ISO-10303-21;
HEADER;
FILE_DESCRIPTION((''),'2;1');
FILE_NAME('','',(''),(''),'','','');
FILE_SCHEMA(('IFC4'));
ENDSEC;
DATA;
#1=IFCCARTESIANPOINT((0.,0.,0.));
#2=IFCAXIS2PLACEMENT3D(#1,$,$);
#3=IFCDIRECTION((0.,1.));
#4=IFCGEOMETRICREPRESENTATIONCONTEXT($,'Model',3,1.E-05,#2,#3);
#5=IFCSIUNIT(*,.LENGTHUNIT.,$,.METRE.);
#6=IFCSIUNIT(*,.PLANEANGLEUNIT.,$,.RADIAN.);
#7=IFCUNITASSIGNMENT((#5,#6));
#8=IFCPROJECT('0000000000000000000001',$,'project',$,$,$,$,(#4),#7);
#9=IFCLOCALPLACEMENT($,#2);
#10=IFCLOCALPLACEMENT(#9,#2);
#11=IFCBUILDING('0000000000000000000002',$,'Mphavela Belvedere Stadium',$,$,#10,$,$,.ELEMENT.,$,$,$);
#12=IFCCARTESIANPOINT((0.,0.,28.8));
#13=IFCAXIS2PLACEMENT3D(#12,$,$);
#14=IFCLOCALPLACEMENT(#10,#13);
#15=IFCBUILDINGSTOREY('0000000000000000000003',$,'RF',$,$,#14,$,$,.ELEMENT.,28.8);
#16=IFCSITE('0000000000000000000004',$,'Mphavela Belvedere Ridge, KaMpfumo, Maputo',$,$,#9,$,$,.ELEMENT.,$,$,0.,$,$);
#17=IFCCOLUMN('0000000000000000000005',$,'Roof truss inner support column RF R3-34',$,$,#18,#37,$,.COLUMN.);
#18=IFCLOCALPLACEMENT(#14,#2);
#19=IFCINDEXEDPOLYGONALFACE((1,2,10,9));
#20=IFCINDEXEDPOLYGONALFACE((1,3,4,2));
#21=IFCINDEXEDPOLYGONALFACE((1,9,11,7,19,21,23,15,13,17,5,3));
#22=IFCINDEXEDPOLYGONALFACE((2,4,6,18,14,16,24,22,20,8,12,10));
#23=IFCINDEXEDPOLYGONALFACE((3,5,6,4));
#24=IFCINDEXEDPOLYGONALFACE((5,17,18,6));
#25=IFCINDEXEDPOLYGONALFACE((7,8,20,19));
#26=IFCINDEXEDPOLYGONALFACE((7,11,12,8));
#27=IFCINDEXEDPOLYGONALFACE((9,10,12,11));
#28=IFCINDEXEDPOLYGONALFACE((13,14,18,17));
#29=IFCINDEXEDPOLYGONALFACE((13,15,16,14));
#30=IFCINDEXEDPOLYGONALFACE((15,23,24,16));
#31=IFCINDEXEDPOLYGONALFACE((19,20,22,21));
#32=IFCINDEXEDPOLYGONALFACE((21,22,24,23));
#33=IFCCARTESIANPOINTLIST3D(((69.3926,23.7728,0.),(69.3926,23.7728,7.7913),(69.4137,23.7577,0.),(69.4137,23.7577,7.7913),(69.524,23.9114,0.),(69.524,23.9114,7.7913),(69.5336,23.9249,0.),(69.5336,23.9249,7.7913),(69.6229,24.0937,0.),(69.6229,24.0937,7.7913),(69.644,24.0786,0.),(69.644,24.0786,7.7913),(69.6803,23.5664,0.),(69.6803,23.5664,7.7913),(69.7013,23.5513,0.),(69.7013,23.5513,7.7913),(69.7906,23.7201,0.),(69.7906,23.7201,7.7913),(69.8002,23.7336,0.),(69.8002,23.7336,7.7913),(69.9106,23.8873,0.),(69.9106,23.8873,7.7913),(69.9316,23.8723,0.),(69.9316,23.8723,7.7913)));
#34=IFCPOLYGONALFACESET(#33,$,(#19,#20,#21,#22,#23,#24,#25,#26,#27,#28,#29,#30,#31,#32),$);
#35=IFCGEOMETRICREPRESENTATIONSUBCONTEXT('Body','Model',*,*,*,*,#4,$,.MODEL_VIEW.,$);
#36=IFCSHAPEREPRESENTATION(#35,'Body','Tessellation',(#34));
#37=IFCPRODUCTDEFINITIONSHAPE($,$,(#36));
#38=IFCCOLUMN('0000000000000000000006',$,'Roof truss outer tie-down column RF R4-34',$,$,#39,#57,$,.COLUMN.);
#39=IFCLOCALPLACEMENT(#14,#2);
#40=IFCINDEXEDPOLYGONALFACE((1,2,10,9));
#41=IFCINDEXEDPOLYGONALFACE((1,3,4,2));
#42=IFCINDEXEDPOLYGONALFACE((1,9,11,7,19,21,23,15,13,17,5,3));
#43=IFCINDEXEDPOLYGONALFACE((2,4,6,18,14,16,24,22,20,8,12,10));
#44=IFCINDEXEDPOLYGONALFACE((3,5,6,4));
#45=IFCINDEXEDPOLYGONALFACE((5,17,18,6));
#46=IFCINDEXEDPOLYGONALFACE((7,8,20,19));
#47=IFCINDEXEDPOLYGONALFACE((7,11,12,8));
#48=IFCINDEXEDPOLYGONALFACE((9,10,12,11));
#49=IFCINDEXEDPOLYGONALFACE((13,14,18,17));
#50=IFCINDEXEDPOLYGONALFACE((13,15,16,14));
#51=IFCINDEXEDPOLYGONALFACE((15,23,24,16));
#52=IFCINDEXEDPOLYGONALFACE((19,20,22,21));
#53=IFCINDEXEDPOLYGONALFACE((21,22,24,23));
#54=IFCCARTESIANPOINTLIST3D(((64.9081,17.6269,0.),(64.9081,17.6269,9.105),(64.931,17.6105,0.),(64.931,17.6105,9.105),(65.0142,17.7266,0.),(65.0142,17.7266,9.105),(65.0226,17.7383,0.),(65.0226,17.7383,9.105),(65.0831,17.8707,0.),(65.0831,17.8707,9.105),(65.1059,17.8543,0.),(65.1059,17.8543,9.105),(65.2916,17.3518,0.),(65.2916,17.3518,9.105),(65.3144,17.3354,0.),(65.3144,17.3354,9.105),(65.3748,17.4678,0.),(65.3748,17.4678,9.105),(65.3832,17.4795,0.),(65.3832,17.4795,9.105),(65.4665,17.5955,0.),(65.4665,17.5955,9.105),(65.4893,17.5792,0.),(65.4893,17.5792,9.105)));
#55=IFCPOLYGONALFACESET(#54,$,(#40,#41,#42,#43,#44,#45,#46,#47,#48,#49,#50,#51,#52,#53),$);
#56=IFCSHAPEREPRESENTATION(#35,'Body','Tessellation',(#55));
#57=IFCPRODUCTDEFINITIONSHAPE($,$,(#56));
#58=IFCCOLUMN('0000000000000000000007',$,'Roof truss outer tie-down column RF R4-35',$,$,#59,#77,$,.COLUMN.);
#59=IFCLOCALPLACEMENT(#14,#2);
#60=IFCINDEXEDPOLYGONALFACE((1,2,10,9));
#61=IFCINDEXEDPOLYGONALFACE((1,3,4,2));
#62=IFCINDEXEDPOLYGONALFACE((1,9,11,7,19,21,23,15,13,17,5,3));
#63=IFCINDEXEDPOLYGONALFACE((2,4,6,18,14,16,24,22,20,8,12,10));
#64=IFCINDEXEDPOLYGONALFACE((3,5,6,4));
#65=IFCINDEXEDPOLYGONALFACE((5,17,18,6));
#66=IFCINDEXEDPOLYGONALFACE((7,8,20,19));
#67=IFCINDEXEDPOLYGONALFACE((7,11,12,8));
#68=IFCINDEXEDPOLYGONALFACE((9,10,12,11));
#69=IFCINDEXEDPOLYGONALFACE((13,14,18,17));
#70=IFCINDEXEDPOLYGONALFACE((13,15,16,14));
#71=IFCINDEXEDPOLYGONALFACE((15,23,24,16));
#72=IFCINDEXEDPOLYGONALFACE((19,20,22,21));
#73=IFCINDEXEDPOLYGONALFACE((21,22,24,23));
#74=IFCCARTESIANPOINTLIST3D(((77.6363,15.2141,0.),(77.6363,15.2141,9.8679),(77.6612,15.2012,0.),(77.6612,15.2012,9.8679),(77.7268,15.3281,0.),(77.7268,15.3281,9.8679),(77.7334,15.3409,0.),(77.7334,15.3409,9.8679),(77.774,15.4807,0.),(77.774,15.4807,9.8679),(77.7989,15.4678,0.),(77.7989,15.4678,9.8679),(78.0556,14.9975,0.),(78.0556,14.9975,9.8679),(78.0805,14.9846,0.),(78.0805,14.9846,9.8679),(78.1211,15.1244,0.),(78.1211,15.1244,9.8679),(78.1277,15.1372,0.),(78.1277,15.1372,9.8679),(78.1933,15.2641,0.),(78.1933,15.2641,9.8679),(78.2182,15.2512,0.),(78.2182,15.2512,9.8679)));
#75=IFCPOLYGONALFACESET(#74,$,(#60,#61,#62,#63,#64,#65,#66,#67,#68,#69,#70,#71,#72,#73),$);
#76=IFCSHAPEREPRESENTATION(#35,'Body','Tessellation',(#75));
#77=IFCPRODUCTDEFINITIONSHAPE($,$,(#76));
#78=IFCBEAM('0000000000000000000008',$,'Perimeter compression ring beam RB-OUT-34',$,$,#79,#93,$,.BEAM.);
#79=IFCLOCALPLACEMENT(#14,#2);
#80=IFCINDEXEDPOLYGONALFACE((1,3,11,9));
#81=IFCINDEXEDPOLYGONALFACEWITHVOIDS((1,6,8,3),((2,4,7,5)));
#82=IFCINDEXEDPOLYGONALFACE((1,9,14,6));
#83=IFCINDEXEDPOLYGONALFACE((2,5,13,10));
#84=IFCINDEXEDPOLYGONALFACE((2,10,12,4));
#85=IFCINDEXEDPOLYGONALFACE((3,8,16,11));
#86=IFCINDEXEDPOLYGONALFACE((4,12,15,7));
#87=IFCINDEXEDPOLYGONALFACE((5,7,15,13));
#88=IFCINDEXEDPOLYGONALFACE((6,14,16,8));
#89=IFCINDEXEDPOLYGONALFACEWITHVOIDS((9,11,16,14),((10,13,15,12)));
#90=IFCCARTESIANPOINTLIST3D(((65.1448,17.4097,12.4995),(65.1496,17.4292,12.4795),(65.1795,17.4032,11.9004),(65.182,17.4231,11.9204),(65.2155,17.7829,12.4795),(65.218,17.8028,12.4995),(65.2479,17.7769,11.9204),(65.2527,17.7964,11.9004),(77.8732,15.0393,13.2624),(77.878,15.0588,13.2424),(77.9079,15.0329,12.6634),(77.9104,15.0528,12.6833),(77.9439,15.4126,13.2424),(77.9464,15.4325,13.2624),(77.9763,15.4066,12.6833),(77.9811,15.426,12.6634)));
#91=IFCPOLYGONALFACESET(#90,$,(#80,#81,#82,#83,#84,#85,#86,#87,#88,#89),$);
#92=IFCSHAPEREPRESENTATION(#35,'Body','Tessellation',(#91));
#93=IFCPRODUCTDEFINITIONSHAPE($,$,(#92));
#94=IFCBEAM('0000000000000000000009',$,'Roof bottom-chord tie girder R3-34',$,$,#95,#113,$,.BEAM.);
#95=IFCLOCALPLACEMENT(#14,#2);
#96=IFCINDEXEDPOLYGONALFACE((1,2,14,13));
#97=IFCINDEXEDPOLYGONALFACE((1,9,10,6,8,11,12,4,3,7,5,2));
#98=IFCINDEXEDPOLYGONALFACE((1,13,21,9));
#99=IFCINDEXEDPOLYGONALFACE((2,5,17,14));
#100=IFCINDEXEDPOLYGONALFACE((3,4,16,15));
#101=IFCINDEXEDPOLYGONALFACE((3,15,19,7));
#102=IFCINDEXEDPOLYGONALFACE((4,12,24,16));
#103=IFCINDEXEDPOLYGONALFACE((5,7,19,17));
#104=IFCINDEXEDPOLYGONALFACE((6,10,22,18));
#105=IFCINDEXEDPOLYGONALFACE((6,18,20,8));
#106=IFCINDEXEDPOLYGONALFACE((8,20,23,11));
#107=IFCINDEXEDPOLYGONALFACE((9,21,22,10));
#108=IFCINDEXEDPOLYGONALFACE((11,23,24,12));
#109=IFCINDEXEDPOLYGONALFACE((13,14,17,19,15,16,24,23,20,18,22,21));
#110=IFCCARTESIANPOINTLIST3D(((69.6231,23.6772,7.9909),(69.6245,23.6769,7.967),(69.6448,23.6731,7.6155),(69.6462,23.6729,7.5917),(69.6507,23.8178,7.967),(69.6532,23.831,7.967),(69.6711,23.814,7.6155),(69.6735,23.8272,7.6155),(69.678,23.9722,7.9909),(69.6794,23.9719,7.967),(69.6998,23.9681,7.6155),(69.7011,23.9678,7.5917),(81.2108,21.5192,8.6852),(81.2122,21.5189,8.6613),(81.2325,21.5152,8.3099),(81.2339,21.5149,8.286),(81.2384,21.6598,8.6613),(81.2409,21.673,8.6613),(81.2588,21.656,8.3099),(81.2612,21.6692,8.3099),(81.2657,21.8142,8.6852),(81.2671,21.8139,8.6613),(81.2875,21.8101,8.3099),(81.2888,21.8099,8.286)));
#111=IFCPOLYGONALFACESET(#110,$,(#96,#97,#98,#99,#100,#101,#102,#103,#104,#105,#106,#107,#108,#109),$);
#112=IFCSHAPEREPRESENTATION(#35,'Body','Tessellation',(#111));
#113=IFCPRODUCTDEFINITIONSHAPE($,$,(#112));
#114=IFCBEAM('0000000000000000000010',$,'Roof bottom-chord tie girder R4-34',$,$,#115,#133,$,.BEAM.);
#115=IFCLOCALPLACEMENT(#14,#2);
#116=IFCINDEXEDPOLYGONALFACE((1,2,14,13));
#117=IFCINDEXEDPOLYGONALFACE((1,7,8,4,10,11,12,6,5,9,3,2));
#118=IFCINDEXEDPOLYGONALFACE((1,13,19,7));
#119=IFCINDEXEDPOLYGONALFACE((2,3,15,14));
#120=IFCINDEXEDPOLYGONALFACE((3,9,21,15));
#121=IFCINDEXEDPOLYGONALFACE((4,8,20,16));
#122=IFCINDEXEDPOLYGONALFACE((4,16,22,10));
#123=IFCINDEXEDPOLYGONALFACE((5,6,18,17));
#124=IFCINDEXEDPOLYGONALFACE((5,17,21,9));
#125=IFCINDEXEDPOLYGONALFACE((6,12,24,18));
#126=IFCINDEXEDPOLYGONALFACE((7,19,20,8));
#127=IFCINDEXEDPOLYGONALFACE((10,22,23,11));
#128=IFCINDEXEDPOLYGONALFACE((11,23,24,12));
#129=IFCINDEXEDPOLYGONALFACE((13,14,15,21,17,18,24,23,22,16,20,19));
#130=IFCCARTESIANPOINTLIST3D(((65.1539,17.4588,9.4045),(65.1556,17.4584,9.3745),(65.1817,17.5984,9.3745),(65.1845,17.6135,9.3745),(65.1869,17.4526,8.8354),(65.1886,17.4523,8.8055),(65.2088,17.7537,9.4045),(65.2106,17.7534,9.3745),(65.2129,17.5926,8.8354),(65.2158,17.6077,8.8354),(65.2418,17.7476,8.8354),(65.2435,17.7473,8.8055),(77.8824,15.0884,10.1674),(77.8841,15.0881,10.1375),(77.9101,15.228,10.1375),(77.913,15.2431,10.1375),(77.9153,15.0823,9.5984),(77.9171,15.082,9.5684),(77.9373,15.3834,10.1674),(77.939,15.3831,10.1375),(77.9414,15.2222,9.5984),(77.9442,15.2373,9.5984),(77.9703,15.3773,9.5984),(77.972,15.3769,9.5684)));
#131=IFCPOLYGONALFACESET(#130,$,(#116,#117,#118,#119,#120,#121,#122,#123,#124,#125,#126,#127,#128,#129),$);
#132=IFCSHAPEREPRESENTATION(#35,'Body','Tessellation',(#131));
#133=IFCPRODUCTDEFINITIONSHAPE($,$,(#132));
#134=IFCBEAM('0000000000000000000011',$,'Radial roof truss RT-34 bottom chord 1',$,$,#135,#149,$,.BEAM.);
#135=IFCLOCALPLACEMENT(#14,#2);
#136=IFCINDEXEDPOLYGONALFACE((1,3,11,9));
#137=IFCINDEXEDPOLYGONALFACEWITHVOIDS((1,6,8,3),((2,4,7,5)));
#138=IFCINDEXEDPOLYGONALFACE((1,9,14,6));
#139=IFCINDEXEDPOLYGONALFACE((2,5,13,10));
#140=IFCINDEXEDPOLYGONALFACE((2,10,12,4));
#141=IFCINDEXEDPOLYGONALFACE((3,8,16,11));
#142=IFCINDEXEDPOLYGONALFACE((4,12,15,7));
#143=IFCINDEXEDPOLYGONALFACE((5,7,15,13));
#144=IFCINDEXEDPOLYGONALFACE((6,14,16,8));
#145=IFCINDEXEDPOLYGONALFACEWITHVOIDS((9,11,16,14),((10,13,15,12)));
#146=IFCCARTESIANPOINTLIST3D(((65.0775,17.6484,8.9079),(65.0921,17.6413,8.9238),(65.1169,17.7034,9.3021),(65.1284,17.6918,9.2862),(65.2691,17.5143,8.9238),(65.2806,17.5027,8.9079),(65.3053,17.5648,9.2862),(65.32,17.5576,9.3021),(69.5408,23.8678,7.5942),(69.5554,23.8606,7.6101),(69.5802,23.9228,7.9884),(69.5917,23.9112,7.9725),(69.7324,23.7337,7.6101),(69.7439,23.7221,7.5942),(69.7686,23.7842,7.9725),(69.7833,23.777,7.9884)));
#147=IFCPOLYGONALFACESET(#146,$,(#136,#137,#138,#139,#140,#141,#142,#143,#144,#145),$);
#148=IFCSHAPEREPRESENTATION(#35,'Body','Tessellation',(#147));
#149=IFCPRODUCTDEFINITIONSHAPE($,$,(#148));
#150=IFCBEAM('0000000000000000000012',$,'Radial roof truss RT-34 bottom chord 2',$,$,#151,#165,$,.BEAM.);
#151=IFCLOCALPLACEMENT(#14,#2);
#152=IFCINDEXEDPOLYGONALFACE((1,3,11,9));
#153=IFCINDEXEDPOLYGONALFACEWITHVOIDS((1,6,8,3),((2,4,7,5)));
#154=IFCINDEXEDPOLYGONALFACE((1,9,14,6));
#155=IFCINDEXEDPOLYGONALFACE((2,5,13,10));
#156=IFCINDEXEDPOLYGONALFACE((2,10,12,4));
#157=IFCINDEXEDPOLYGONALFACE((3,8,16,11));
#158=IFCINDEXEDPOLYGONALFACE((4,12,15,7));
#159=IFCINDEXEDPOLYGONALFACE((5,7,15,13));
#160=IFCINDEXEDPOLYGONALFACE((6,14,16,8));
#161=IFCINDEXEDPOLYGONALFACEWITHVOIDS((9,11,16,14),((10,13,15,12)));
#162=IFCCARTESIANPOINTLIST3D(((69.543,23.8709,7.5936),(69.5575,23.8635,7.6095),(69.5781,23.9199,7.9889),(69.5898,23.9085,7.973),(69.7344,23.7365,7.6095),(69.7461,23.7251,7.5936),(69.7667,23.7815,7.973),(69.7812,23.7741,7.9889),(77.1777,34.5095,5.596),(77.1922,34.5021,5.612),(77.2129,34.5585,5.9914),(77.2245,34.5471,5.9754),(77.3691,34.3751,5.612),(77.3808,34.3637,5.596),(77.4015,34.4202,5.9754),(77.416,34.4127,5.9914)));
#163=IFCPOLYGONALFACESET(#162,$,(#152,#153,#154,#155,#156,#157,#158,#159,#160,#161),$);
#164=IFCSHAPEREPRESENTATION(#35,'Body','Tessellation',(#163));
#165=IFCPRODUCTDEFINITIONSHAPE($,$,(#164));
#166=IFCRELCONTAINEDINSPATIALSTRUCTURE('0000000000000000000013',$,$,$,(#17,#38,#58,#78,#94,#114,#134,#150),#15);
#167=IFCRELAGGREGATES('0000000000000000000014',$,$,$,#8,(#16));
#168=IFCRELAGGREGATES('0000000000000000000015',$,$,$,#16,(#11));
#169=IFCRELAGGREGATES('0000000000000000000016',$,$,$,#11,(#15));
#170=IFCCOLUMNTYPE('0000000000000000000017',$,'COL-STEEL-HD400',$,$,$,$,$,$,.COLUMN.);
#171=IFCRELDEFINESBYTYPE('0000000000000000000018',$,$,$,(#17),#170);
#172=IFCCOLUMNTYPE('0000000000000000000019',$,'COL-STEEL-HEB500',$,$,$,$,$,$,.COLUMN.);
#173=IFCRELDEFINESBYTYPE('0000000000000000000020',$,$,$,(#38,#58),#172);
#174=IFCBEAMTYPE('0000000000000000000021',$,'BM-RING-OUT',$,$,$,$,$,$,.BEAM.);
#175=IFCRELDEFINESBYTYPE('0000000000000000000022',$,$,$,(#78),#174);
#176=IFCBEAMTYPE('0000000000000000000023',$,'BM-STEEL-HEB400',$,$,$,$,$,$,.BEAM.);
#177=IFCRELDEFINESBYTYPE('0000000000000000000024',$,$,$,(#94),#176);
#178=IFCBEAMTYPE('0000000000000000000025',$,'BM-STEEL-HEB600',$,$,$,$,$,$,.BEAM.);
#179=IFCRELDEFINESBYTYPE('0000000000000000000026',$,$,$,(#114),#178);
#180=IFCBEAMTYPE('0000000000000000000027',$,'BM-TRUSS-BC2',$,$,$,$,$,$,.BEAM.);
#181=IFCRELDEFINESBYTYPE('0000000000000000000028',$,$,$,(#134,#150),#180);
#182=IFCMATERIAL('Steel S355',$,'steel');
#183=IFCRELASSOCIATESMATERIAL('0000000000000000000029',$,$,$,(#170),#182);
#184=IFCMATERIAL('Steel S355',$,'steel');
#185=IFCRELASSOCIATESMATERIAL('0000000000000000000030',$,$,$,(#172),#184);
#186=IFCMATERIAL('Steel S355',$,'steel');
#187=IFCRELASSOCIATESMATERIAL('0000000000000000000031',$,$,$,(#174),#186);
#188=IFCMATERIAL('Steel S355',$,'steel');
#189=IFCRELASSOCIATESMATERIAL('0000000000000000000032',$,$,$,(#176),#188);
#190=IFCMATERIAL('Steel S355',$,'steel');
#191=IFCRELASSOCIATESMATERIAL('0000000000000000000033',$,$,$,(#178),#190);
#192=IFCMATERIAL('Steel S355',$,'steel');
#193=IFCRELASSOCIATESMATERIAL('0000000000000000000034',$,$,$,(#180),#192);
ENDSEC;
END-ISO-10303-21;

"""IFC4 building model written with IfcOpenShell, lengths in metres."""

from ifc_helpers import new_model, si_unit, direction, frame, origin, origin_2d, place, context, subcontext, project, spatial, hollow_rectangle, i_section, extrude, material, material_profile, profile_set, type_object, element, save


model = new_model("IFC4")

# Units and contexts
model_context = context("Model", 3, precision=1e-05, world=origin(), true_north=direction((0.0, 1.0)))
body_context = subcontext(model_context, "Body", "Model", "MODEL_VIEW")
ifc_project = project(units=[si_unit("LENGTHUNIT", "METRE"), si_unit("PLANEANGLEUNIT", "RADIAN")], contexts=[model_context])

# Site, building, storey
site_placement = place(None, origin())
site = spatial("IfcSite", under=ifc_project, at=site_placement, Name="Mphavela Belvedere Ridge, KaMpfumo, Maputo", CompositionType="ELEMENT", RefElevation=0.0)
building_placement = place(site_placement, origin())
building = spatial("IfcBuilding", under=site, at=building_placement, Name="Mphavela Belvedere Stadium", CompositionType="ELEMENT")
storey_placement = place(building_placement, frame((0.0, 0.0, 28.8)))
storey = spatial("IfcBuildingStorey", under=building, at=storey_placement, Name="RF", CompositionType="ELEMENT", Elevation=28.8)

# Columns
ifc_material_1 = material(Name="Steel S355", Category="steel")
ifc_material_profile_1 = material_profile(ifc_material_1, i_section(OverallWidth=0.395, OverallDepth=0.3799, WebThickness=0.0166, FlangeThickness=0.0259, at=origin_2d()), Name="HD 400x237")
ifc_profile_set_1 = profile_set([ifc_material_profile_1], Name="Steel S355")
column_type_1 = type_object("IfcColumnType", Name="COL-STEEL-HD400", PredefinedType="COLUMN", material=ifc_profile_set_1)
column_1_placement = place(storey_placement, frame((69.6621, 23.8225, 0.0), z_axis=(0.0, 0.0, 1.0), x_axis=(-0.582974, -0.812491, 0.0)))
element("IfcColumn", 1, at=column_1_placement, inside=storey, type_object=column_type_1, Name="Roof truss inner support column RF R3-34", PredefinedType="COLUMN", context=body_context, shape_type="SweptSolid", body=[
    extrude(i_section(OverallWidth=0.395, OverallDepth=0.3799, WebThickness=0.0166, FlangeThickness=0.0259, at=origin_2d()), origin(), (0.0, 0.0, 1.0), 7.7913),
])
ifc_material_2 = material(Name="Steel S355", Category="steel")
ifc_material_profile_2 = material_profile(ifc_material_2, i_section(OverallWidth=0.3, OverallDepth=0.5, WebThickness=0.0144, FlangeThickness=0.0281, at=origin_2d()), Name="HEB 500")
ifc_profile_set_2 = profile_set([ifc_material_profile_2], Name="Steel S355")
column_type_2 = type_object("IfcColumnType", Name="COL-STEEL-HEB500", PredefinedType="COLUMN", material=ifc_profile_set_2)
column_2_placement = place(storey_placement, frame((65.1987, 17.603, 0.0), z_axis=(0.0, 0.0, 1.0), x_axis=(-0.582974, -0.812491, 0.0)))
element("IfcColumn", 2, at=column_2_placement, inside=storey, type_object=column_type_2, Name="Roof truss outer tie-down column RF R4-34", PredefinedType="COLUMN", context=body_context, shape_type="SweptSolid", body=[
    extrude(i_section(OverallWidth=0.3, OverallDepth=0.5, WebThickness=0.0144, FlangeThickness=0.0281, at=origin_2d()), origin(), (0.0, 0.0, 1.0), 9.105),
])
column_3_placement = place(storey_placement, frame((77.9272, 15.2327, 0.0), z_axis=(0.0, 0.0, 1.0), x_axis=(-0.45896, -0.888457, 0.0)))
element("IfcColumn", 3, at=column_3_placement, inside=storey, type_object=column_type_2, Name="Roof truss outer tie-down column RF R4-35", PredefinedType="COLUMN", context=body_context, shape_type="SweptSolid", body=[
    extrude(i_section(OverallWidth=0.3, OverallDepth=0.5, WebThickness=0.0144, FlangeThickness=0.0281, at=origin_2d()), origin(), (0.0, 0.0, 1.0), 9.8679),
])

# Beams
ifc_material_3 = material(Name="Steel S355", Category="steel")
ifc_material_profile_3 = material_profile(ifc_material_3, hollow_rectangle(XDim=0.3999, YDim=0.6001, WallThickness=0.02, at=origin_2d()), Name="RHS 600x400x20")
ifc_profile_set_3 = profile_set([ifc_material_profile_3], Name="Steel S355")
beam_type_1 = type_object("IfcBeamType", Name="BM-RING-OUT", PredefinedType="BEAM", material=ifc_profile_set_3)
beam_1_placement = place(storey_placement, frame((65.1987, 17.603, 12.2), z_axis=(0.981396, -0.18276, 0.058824), x_axis=(0.183077, 0.983099, 0.0)))
element("IfcBeam", 4, at=beam_1_placement, inside=storey, type_object=beam_type_1, Name="Perimeter compression ring beam RB-OUT-34", PredefinedType="BEAM", context=body_context, shape_type="SweptSolid", body=[
    extrude(hollow_rectangle(XDim=0.3999, YDim=0.6001, WallThickness=0.02, at=origin_2d()), origin(), (0.0, 0.0, 1.0), 12.9697),
])
ifc_material_4 = material(Name="Steel S355", Category="steel")
ifc_material_profile_4 = material_profile(ifc_material_4, i_section(OverallWidth=0.3, OverallDepth=0.3999, WebThickness=0.0134, FlangeThickness=0.0239, at=origin_2d()), Name="HEB 400")
ifc_profile_set_4 = profile_set([ifc_material_profile_4], Name="Steel S355")
beam_type_2 = type_object("IfcBeamType", Name="BM-STEEL-HEB400", PredefinedType="BEAM", material=ifc_profile_set_4)
beam_2_placement = place(storey_placement, frame((69.6621, 23.8225, 7.7913), z_axis=(0.981396, -0.182765, 0.058806), x_axis=(0.183082, 0.983098, 0.0)))
element("IfcBeam", 5, at=beam_2_placement, inside=storey, type_object=beam_type_2, Name="Roof bottom-chord tie girder R3-34", PredefinedType="BEAM", context=body_context, shape_type="SweptSolid", body=[
    extrude(i_section(OverallWidth=0.3, OverallDepth=0.3999, WebThickness=0.0134, FlangeThickness=0.0239, at=origin_2d()), origin(), (0.0, 0.0, 1.0), 11.8074),
])
ifc_material_5 = material(Name="Steel S355", Category="steel")
ifc_material_profile_5 = material_profile(ifc_material_5, i_section(OverallWidth=0.3, OverallDepth=0.6001, WebThickness=0.0154, FlangeThickness=0.03, at=origin_2d()), Name="HEB 600")
ifc_profile_set_5 = profile_set([ifc_material_profile_5], Name="Steel S355")
beam_type_3 = type_object("IfcBeamType", Name="BM-STEEL-HEB600", PredefinedType="BEAM", material=ifc_profile_set_5)
beam_3_placement = place(storey_placement, frame((65.1987, 17.603, 9.105), z_axis=(0.981396, -0.18276, 0.058824), x_axis=(0.183077, 0.983099, 0.0)))
element("IfcBeam", 6, at=beam_3_placement, inside=storey, type_object=beam_type_3, Name="Roof bottom-chord tie girder R4-34", PredefinedType="BEAM", context=body_context, shape_type="SweptSolid", body=[
    extrude(i_section(OverallWidth=0.3, OverallDepth=0.6001, WebThickness=0.0154, FlangeThickness=0.03, at=origin_2d()), origin(), (0.0, 0.0, 1.0), 12.9697),
])
ifc_material_6 = material(Name="Steel S355", Category="steel")
ifc_material_profile_6 = material_profile(ifc_material_6, hollow_rectangle(XDim=0.25, YDim=0.3999, WallThickness=0.0161, at=origin_2d()), Name="RHS 400x250x16")
ifc_profile_set_6 = profile_set([ifc_material_profile_6], Name="Steel S355")
beam_type_4 = type_object("IfcBeamType", Name="BM-TRUSS-BC2", PredefinedType="BEAM", material=ifc_profile_set_6)
beam_4_placement = place(storey_placement, frame((65.1987, 17.603, 9.105), z_axis=(0.574644, 0.800736, -0.169137), x_axis=(-0.812441, 0.583044, 0.0)))
element("IfcBeam", 7, at=beam_4_placement, inside=storey, type_object=beam_type_4, Name="Radial roof truss RT-34 bottom chord 1", PredefinedType="BEAM", context=body_context, shape_type="SweptSolid", body=[
    extrude(hollow_rectangle(XDim=0.25, YDim=0.3999, WallThickness=0.0161, at=origin_2d()), origin(), (0.0, 0.0, 1.0), 7.7671),
])
beam_5_placement = place(storey_placement, frame((69.6621, 23.8225, 7.7913), z_axis=(0.576375, 0.80315, -0.150803), x_axis=(-0.812441, 0.583043, 0.0)))
element("IfcBeam", 8, at=beam_5_placement, inside=storey, type_object=beam_type_4, Name="Radial roof truss RT-34 bottom chord 2", PredefinedType="BEAM", context=body_context, shape_type="SweptSolid", body=[
    extrude(hollow_rectangle(XDim=0.25, YDim=0.3999, WallThickness=0.0161, at=origin_2d()), origin(), (0.0, 0.0, 1.0), 13.2461),
])

save(model, "model.ifc")
